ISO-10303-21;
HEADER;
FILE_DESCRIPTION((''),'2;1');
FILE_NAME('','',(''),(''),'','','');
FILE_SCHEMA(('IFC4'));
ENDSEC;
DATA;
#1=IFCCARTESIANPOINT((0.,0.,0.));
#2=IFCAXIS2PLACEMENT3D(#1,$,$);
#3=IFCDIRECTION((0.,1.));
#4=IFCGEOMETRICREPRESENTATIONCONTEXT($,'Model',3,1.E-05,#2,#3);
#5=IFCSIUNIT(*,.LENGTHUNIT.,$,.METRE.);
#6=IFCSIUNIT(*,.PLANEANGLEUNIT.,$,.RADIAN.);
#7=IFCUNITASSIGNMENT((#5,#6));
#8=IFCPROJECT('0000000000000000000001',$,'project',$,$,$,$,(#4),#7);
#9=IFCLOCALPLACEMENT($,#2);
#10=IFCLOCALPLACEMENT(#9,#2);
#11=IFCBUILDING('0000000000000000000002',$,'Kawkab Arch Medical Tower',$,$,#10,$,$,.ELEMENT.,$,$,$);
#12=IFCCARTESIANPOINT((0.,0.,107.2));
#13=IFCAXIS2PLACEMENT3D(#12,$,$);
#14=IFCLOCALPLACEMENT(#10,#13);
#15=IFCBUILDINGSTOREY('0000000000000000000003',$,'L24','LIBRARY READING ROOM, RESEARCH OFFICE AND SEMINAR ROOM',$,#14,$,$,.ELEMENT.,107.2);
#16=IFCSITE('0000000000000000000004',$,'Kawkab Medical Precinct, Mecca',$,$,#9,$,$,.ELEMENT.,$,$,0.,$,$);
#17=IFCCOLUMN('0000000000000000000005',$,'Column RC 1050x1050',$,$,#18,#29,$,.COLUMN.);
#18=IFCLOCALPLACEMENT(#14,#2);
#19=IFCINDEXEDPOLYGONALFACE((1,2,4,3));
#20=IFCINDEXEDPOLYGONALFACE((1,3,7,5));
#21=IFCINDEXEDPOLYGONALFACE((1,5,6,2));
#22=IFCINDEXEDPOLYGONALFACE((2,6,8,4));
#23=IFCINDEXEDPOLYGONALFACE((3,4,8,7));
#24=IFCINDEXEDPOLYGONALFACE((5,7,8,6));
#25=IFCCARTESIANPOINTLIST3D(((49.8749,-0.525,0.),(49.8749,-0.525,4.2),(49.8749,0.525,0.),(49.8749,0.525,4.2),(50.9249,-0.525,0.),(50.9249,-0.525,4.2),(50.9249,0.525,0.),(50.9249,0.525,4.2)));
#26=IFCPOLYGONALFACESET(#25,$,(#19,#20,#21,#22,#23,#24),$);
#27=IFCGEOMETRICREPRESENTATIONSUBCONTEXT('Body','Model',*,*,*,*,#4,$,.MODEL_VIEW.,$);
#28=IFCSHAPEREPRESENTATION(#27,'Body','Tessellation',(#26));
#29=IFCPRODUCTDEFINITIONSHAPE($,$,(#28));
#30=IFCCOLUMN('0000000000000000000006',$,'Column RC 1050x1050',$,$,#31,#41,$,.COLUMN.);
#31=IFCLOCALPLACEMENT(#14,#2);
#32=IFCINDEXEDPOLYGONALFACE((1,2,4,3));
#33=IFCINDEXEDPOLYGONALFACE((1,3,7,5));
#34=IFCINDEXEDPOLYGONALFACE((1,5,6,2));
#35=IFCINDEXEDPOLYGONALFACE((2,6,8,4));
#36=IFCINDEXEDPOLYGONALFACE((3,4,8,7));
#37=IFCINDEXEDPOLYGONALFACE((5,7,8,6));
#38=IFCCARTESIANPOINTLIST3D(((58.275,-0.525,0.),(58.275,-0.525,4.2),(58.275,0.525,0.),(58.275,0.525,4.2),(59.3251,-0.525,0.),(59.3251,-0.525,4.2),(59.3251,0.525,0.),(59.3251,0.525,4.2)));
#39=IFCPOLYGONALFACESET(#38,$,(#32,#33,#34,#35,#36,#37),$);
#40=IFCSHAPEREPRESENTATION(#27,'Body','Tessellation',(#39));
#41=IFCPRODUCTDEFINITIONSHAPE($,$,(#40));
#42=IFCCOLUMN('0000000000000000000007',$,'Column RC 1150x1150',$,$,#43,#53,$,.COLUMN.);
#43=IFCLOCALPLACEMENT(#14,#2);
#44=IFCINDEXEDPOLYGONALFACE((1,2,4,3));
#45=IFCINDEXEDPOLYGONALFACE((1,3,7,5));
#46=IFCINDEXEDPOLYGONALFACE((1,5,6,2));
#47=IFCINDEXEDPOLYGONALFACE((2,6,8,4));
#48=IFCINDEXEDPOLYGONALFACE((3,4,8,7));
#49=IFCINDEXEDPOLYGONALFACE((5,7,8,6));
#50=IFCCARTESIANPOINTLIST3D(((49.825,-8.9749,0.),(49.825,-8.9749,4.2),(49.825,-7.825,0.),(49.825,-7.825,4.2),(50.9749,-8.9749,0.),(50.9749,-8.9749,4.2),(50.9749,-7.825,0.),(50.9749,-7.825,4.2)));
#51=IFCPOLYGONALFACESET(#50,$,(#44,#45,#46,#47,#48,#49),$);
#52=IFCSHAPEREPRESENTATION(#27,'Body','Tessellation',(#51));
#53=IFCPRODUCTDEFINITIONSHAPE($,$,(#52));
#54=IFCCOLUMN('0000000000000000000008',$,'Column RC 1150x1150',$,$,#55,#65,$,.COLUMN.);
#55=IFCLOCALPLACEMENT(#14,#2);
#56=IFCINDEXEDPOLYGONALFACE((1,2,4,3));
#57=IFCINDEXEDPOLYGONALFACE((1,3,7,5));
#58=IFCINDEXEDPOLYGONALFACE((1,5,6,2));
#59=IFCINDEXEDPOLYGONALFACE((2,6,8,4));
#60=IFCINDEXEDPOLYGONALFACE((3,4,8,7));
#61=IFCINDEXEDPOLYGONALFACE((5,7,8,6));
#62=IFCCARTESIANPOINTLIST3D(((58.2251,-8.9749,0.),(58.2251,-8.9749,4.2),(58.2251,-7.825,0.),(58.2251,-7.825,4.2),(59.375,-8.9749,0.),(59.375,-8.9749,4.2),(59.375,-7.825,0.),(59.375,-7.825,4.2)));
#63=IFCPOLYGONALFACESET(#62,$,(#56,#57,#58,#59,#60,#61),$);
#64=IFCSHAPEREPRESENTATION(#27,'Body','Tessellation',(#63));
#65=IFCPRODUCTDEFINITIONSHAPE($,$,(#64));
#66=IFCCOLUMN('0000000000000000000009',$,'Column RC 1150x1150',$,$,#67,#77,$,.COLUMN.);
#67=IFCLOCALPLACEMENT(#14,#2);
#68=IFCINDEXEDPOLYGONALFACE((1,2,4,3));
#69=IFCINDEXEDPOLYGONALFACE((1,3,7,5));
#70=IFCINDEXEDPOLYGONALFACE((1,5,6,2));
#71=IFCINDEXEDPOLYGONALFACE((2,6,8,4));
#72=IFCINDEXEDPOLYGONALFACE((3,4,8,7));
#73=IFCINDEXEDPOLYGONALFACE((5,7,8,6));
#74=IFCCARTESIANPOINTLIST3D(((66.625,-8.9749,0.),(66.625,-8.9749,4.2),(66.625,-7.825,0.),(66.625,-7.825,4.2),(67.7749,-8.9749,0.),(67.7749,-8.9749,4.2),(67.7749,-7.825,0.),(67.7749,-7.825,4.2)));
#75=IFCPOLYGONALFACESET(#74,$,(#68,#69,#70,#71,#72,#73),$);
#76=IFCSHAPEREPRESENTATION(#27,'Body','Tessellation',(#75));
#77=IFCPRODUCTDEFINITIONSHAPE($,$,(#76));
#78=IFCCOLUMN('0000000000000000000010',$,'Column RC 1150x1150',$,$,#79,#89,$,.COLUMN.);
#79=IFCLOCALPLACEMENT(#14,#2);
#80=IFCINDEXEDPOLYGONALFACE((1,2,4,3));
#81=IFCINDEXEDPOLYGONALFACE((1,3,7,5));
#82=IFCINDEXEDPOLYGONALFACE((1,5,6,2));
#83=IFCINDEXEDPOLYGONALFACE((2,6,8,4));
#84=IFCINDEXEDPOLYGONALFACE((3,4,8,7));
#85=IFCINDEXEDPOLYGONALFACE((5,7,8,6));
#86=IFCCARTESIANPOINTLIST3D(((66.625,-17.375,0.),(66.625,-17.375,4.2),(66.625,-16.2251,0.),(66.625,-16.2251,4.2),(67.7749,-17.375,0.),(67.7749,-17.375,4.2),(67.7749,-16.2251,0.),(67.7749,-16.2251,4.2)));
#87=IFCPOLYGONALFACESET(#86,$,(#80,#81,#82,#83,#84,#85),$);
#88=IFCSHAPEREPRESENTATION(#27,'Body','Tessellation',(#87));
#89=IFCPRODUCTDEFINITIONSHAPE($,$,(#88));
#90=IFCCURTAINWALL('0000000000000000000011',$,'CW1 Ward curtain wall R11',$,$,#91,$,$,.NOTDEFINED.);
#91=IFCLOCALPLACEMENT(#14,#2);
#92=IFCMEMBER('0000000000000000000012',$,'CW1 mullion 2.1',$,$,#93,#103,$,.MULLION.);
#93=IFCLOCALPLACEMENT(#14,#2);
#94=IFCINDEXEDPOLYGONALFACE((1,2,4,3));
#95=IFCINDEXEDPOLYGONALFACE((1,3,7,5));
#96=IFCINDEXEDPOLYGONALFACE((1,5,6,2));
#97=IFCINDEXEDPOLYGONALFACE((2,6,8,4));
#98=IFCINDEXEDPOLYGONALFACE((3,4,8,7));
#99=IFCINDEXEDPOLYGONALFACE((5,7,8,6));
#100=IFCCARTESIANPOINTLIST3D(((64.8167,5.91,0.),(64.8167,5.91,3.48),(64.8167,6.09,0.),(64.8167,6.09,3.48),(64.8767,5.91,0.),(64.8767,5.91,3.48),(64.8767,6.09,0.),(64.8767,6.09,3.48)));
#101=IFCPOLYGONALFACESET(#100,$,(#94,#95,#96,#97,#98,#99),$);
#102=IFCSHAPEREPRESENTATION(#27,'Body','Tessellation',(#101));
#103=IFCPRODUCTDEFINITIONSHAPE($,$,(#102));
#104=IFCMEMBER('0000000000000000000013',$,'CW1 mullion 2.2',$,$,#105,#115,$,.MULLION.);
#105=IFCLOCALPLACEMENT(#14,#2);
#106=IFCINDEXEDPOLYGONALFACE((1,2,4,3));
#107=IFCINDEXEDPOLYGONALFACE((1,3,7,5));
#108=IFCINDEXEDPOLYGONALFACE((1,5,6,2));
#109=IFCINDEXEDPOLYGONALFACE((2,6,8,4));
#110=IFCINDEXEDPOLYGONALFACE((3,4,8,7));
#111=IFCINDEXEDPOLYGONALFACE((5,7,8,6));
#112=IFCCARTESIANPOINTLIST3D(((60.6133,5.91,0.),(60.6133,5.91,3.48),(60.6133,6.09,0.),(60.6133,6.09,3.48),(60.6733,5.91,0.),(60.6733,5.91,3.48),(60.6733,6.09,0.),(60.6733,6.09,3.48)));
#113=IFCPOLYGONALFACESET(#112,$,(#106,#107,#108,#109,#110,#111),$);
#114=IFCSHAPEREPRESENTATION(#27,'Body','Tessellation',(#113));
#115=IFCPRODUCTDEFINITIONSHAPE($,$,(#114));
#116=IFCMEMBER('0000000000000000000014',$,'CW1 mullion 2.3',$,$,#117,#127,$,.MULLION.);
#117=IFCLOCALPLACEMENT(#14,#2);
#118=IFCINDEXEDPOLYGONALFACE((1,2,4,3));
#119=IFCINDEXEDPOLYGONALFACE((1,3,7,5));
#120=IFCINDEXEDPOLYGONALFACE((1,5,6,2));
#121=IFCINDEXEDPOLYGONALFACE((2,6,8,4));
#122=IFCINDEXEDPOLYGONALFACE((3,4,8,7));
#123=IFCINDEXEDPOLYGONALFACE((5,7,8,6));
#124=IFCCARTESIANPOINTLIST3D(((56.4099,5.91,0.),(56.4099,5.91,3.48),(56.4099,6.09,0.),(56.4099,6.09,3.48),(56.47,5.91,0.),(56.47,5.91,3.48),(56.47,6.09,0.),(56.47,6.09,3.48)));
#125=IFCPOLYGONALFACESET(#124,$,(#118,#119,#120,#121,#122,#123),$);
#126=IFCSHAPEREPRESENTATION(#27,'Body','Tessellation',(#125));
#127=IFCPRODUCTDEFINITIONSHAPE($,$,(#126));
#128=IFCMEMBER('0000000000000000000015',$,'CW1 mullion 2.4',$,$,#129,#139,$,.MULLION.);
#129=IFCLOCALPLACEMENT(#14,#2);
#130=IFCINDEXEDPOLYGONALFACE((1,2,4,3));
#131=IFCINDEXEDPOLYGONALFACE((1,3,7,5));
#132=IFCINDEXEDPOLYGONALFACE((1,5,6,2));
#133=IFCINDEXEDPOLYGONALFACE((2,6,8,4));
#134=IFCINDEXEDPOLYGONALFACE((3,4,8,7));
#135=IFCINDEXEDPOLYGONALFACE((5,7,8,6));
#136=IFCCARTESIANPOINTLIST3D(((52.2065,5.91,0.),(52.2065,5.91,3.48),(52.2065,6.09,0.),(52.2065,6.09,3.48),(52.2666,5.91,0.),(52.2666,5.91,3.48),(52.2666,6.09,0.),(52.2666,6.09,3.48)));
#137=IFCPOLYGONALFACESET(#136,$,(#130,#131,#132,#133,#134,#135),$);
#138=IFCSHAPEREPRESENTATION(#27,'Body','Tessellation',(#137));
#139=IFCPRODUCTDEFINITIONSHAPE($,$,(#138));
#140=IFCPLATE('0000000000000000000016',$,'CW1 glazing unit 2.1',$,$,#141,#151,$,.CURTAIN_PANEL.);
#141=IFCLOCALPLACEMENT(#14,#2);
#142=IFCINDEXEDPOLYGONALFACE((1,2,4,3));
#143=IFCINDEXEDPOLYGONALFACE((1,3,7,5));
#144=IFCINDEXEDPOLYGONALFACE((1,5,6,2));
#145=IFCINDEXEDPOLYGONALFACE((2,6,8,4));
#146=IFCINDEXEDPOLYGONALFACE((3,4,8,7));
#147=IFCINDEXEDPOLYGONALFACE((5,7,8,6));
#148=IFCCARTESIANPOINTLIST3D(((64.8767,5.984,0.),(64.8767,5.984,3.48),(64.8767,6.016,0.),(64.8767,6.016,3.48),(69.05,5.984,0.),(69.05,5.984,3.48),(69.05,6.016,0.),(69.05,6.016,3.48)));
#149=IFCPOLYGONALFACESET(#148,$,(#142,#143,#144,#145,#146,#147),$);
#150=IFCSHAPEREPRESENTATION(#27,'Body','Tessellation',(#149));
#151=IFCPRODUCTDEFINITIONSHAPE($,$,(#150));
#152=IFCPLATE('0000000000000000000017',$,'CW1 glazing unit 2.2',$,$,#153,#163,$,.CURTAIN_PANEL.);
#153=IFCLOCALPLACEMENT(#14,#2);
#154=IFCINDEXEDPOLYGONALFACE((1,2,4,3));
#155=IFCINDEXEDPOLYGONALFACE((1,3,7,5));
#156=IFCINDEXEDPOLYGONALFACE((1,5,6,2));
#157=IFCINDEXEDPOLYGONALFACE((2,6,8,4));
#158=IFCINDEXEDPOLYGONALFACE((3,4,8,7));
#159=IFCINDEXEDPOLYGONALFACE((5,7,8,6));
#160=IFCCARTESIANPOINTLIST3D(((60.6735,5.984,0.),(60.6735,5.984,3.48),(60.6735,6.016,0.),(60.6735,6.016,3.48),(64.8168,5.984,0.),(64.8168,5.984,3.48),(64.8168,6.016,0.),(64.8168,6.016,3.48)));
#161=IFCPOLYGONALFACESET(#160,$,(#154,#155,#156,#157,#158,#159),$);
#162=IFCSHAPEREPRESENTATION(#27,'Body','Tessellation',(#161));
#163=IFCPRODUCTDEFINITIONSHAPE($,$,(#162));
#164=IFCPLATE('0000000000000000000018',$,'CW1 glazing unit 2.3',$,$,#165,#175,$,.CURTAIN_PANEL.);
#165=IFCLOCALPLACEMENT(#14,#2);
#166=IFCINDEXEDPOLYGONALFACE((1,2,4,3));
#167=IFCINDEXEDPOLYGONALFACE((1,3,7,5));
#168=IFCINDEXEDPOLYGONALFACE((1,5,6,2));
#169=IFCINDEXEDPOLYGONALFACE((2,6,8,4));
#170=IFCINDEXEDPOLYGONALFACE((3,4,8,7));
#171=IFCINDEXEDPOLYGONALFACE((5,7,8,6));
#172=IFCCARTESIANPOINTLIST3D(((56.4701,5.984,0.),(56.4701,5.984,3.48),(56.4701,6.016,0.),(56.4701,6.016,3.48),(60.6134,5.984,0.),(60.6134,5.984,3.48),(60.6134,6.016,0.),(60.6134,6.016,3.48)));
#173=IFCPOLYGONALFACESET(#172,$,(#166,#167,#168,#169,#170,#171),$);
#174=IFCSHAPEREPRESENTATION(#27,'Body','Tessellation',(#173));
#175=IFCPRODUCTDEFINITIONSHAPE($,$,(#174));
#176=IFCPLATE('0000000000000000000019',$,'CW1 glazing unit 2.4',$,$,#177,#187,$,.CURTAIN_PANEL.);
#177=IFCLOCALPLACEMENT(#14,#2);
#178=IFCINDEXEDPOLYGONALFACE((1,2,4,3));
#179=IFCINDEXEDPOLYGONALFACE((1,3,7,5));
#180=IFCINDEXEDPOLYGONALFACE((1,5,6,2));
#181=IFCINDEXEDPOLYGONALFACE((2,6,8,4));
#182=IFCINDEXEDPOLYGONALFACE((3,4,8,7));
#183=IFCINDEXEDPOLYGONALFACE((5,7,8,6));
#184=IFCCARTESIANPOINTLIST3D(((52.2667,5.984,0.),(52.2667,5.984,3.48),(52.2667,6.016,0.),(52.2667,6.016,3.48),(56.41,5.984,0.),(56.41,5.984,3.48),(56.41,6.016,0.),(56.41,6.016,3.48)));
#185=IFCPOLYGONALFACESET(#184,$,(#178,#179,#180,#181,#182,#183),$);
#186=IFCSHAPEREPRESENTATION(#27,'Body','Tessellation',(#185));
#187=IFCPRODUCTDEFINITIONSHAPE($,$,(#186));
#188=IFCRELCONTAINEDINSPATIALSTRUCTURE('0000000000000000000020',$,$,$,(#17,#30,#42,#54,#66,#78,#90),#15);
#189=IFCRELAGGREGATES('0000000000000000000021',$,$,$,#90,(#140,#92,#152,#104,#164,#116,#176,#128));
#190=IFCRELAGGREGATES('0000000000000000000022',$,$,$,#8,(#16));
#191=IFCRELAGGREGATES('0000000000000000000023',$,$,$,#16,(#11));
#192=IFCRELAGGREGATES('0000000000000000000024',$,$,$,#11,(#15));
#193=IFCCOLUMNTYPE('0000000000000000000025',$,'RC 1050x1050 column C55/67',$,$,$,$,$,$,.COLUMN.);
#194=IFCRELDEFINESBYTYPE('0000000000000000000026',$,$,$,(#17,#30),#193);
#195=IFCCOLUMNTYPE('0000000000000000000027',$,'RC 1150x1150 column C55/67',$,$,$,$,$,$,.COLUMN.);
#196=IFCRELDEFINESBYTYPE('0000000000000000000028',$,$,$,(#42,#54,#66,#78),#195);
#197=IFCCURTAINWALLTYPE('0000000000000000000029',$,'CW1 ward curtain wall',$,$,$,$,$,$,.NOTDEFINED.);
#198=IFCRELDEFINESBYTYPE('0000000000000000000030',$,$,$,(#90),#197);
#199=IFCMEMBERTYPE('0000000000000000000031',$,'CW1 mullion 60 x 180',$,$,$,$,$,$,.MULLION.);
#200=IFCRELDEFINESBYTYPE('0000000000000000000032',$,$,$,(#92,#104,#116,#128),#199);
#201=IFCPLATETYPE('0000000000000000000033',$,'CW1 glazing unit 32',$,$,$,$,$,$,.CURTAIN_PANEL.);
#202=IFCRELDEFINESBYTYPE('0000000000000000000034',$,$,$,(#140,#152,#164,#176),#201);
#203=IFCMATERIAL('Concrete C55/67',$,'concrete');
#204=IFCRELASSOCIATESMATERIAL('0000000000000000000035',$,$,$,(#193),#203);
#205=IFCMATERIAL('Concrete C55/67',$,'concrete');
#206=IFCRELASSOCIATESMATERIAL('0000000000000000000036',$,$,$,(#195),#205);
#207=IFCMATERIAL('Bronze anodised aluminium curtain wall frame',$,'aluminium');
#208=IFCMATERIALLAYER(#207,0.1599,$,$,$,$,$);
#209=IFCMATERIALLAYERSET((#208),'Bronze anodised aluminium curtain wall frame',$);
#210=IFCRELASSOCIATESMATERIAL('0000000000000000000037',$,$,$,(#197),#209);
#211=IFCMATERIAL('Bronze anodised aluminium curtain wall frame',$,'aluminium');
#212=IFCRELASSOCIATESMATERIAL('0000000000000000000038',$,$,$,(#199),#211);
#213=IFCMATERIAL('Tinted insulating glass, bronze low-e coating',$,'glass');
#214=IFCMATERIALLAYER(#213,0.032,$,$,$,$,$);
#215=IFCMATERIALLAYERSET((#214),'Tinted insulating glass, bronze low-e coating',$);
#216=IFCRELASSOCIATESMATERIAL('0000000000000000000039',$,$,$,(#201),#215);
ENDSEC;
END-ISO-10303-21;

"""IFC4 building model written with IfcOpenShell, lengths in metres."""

from ifc_helpers import new_model, si_unit, direction, frame, origin, origin_2d, place, context, subcontext, project, spatial, rectangle, extrude, material, layer, layer_set, material_profile, profile_set, type_object, element, aggregate, save


model = new_model("IFC4")

# Units and contexts
model_context = context("Model", 3, precision=1e-05, world=origin(), true_north=direction((0.0, 1.0)))
body_context = subcontext(model_context, "Body", "Model", "MODEL_VIEW")
ifc_project = project(units=[si_unit("LENGTHUNIT", "METRE"), si_unit("PLANEANGLEUNIT", "RADIAN")], contexts=[model_context])

# Site, building, storey
site_placement = place(None, origin())
site = spatial("IfcSite", under=ifc_project, at=site_placement, Name="Kawkab Medical Precinct, Mecca", CompositionType="ELEMENT", RefElevation=0.0)
building_placement = place(site_placement, origin())
building = spatial("IfcBuilding", under=site, at=building_placement, Name="Kawkab Arch Medical Tower", CompositionType="ELEMENT")
storey_placement = place(building_placement, frame((0.0, 0.0, 107.2)))
storey = spatial("IfcBuildingStorey", under=building, at=storey_placement, Name="L24", Description="LIBRARY READING ROOM, RESEARCH OFFICE AND SEMINAR ROOM", CompositionType="ELEMENT", Elevation=107.2)

# Columns
ifc_material_1 = material(Name="Concrete C55/67", Category="concrete")
ifc_material_profile_1 = material_profile(ifc_material_1, rectangle(XDim=1.05, YDim=1.05, at=origin_2d()), Name="RC 1050x1050")
ifc_profile_set_1 = profile_set([ifc_material_profile_1], Name="Concrete C55/67")
column_type_1 = type_object("IfcColumnType", Name="RC 1050x1050 column C55/67", PredefinedType="COLUMN", material=ifc_profile_set_1)
for number, where, z_axis, x_axis, name in (
    (1, (50.3999, 0.0, 0.0), (0.0, 0.0, 1.0), (1.0, 0.0, 0.0), "Column RC 1050x1050"),
    (2, (58.8, 0.0, 0.0), (0.0, 0.0, 1.0), (1.0, 0.0, 0.0), "Column RC 1050x1050"),
):
    element("IfcColumn", number, at=place(storey_placement, frame(where, z_axis=z_axis, x_axis=x_axis)), inside=storey, type_object=column_type_1, Name=name, PredefinedType="COLUMN", context=body_context, shape_type="SweptSolid", body=[
        extrude(rectangle(XDim=1.05, YDim=1.05, at=origin_2d()), origin(), (0.0, 0.0, 1.0), 4.2),
    ])
ifc_material_2 = material(Name="Concrete C55/67", Category="concrete")
ifc_material_profile_2 = material_profile(ifc_material_2, rectangle(XDim=1.1499, YDim=1.1499, at=origin_2d()), Name="RC 1150x1150")
ifc_profile_set_2 = profile_set([ifc_material_profile_2], Name="Concrete C55/67")
column_type_2 = type_object("IfcColumnType", Name="RC 1150x1150 column C55/67", PredefinedType="COLUMN", material=ifc_profile_set_2)
for number, where, z_axis, x_axis, name in (
    (3, (50.3999, -8.3999, 0.0), (0.0, 0.0, 1.0), (1.0, 0.0, 0.0), "Column RC 1150x1150"),
    (4, (58.8, -8.3999, 0.0), (0.0, 0.0, 1.0), (1.0, 0.0, 0.0), "Column RC 1150x1150"),
    (5, (67.2, -8.3999, 0.0), (0.0, 0.0, 1.0), (1.0, 0.0, 0.0), "Column RC 1150x1150"),
    (6, (67.2, -16.8, 0.0), (0.0, 0.0, 1.0), (1.0, 0.0, 0.0), "Column RC 1150x1150"),
):
    element("IfcColumn", number, at=place(storey_placement, frame(where, z_axis=z_axis, x_axis=x_axis)), inside=storey, type_object=column_type_2, Name=name, PredefinedType="COLUMN", context=body_context, shape_type="SweptSolid", body=[
        extrude(rectangle(XDim=1.1499, YDim=1.1499, at=origin_2d()), origin(), (0.0, 0.0, 1.0), 4.2),
    ])

# Curtain wall, members, plates
ifc_material_3 = material(Name="Bronze anodised aluminium curtain wall frame", Category="aluminium")
ifc_layer_1 = layer(ifc_material_3, 0.1599)
ifc_layer_set_1 = layer_set([ifc_layer_1], Name="Bronze anodised aluminium curtain wall frame")
curtain_wall_type = type_object("IfcCurtainWallType", Name="CW1 ward curtain wall", PredefinedType="NOTDEFINED", material=ifc_layer_set_1)
curtain_wall_placement = place(storey_placement, origin())
curtain_wall = element("IfcCurtainWall", 7, at=curtain_wall_placement, inside=storey, type_object=curtain_wall_type, Name="CW1 Ward curtain wall R11", PredefinedType="NOTDEFINED")
ifc_material_4 = material(Name="Bronze anodised aluminium curtain wall frame", Category="aluminium")
ifc_material_profile_3 = material_profile(ifc_material_4, rectangle(XDim=0.1799, YDim=0.0601, at=origin_2d()), Name="AL 60x180")
ifc_profile_set_3 = profile_set([ifc_material_profile_3], Name="Bronze anodised aluminium curtain wall frame")
member_type = type_object("IfcMemberType", Name="CW1 mullion 60 x 180", PredefinedType="MULLION", material=ifc_profile_set_3)
member_1_placement = place(storey_placement, frame((64.8467, 6.0, 0.0), z_axis=(0.0, 0.0, 1.0), x_axis=(0.0, -1.0, 0.0)))
member_1 = element("IfcMember", 8, at=member_1_placement, type_object=member_type, Name="CW1 mullion 2.1", PredefinedType="MULLION", context=body_context, shape_type="SweptSolid", body=[
    extrude(rectangle(XDim=0.1799, YDim=0.0601, at=origin_2d()), origin(), (0.0, 0.0, 1.0), 3.48),
])
member_2_placement = place(storey_placement, frame((60.6433, 6.0, 0.0), z_axis=(0.0, 0.0, 1.0), x_axis=(0.0, -1.0, 0.0)))
member_2 = element("IfcMember", 9, at=member_2_placement, type_object=member_type, Name="CW1 mullion 2.2", PredefinedType="MULLION", context=body_context, shape_type="SweptSolid", body=[
    extrude(rectangle(XDim=0.1799, YDim=0.0601, at=origin_2d()), origin(), (0.0, 0.0, 1.0), 3.48),
])
member_3_placement = place(storey_placement, frame((56.4399, 6.0, 0.0), z_axis=(0.0, 0.0, 1.0), x_axis=(0.0, -1.0, 0.0)))
member_3 = element("IfcMember", 10, at=member_3_placement, type_object=member_type, Name="CW1 mullion 2.3", PredefinedType="MULLION", context=body_context, shape_type="SweptSolid", body=[
    extrude(rectangle(XDim=0.1799, YDim=0.0601, at=origin_2d()), origin(), (0.0, 0.0, 1.0), 3.48),
])
member_4_placement = place(storey_placement, frame((52.2366, 6.0, 0.0), z_axis=(0.0, 0.0, 1.0), x_axis=(0.0, -1.0, 0.0)))
member_4 = element("IfcMember", 11, at=member_4_placement, type_object=member_type, Name="CW1 mullion 2.4", PredefinedType="MULLION", context=body_context, shape_type="SweptSolid", body=[
    extrude(rectangle(XDim=0.1799, YDim=0.0601, at=origin_2d()), origin(), (0.0, 0.0, 1.0), 3.48),
])
ifc_material_5 = material(Name="Tinted insulating glass, bronze low-e coating", Category="glass")
ifc_layer_2 = layer(ifc_material_5, 0.032)
ifc_layer_set_2 = layer_set([ifc_layer_2], Name="Tinted insulating glass, bronze low-e coating")
plate_type = type_object("IfcPlateType", Name="CW1 glazing unit 32", PredefinedType="CURTAIN_PANEL", material=ifc_layer_set_2)
plate_1_placement = place(storey_placement, frame((66.9634, 6.0, 0.0), z_axis=(0.0, 0.0, 1.0), x_axis=(-1.0, 0.0, 0.0)))
plate_1 = element("IfcPlate", 12, at=plate_1_placement, type_object=plate_type, Name="CW1 glazing unit 2.1", PredefinedType="CURTAIN_PANEL", context=body_context, shape_type="SweptSolid", body=[
    extrude(rectangle(XDim=4.1733, YDim=0.032, at=origin_2d()), origin(), (0.0, 0.0, 1.0), 3.48),
])
plate_2_placement = place(storey_placement, frame((62.7451, 6.0, 0.0), z_axis=(0.0, 0.0, 1.0), x_axis=(-1.0, 0.0, 0.0)))
plate_2 = element("IfcPlate", 13, at=plate_2_placement, type_object=plate_type, Name="CW1 glazing unit 2.2", PredefinedType="CURTAIN_PANEL", context=body_context, shape_type="SweptSolid", body=[
    extrude(rectangle(XDim=4.1433, YDim=0.032, at=origin_2d()), origin(), (0.0, 0.0, 1.0), 3.48),
])
plate_3_placement = place(storey_placement, frame((58.5417, 6.0, 0.0), z_axis=(0.0, 0.0, 1.0), x_axis=(-1.0, 0.0, 0.0)))
plate_3 = element("IfcPlate", 14, at=plate_3_placement, type_object=plate_type, Name="CW1 glazing unit 2.3", PredefinedType="CURTAIN_PANEL", context=body_context, shape_type="SweptSolid", body=[
    extrude(rectangle(XDim=4.1433, YDim=0.032, at=origin_2d()), origin(), (0.0, 0.0, 1.0), 3.48),
])
plate_4_placement = place(storey_placement, frame((54.3384, 6.0, 0.0), z_axis=(0.0, 0.0, 1.0), x_axis=(-1.0, 0.0, 0.0)))
plate_4 = element("IfcPlate", 15, at=plate_4_placement, type_object=plate_type, Name="CW1 glazing unit 2.4", PredefinedType="CURTAIN_PANEL", context=body_context, shape_type="SweptSolid", body=[
    extrude(rectangle(XDim=4.1433, YDim=0.032, at=origin_2d()), origin(), (0.0, 0.0, 1.0), 3.48),
])
aggregate(curtain_wall, [plate_1, member_1, plate_2, member_2, plate_3, member_3, plate_4, member_4])

save(model, "model.ifc")
